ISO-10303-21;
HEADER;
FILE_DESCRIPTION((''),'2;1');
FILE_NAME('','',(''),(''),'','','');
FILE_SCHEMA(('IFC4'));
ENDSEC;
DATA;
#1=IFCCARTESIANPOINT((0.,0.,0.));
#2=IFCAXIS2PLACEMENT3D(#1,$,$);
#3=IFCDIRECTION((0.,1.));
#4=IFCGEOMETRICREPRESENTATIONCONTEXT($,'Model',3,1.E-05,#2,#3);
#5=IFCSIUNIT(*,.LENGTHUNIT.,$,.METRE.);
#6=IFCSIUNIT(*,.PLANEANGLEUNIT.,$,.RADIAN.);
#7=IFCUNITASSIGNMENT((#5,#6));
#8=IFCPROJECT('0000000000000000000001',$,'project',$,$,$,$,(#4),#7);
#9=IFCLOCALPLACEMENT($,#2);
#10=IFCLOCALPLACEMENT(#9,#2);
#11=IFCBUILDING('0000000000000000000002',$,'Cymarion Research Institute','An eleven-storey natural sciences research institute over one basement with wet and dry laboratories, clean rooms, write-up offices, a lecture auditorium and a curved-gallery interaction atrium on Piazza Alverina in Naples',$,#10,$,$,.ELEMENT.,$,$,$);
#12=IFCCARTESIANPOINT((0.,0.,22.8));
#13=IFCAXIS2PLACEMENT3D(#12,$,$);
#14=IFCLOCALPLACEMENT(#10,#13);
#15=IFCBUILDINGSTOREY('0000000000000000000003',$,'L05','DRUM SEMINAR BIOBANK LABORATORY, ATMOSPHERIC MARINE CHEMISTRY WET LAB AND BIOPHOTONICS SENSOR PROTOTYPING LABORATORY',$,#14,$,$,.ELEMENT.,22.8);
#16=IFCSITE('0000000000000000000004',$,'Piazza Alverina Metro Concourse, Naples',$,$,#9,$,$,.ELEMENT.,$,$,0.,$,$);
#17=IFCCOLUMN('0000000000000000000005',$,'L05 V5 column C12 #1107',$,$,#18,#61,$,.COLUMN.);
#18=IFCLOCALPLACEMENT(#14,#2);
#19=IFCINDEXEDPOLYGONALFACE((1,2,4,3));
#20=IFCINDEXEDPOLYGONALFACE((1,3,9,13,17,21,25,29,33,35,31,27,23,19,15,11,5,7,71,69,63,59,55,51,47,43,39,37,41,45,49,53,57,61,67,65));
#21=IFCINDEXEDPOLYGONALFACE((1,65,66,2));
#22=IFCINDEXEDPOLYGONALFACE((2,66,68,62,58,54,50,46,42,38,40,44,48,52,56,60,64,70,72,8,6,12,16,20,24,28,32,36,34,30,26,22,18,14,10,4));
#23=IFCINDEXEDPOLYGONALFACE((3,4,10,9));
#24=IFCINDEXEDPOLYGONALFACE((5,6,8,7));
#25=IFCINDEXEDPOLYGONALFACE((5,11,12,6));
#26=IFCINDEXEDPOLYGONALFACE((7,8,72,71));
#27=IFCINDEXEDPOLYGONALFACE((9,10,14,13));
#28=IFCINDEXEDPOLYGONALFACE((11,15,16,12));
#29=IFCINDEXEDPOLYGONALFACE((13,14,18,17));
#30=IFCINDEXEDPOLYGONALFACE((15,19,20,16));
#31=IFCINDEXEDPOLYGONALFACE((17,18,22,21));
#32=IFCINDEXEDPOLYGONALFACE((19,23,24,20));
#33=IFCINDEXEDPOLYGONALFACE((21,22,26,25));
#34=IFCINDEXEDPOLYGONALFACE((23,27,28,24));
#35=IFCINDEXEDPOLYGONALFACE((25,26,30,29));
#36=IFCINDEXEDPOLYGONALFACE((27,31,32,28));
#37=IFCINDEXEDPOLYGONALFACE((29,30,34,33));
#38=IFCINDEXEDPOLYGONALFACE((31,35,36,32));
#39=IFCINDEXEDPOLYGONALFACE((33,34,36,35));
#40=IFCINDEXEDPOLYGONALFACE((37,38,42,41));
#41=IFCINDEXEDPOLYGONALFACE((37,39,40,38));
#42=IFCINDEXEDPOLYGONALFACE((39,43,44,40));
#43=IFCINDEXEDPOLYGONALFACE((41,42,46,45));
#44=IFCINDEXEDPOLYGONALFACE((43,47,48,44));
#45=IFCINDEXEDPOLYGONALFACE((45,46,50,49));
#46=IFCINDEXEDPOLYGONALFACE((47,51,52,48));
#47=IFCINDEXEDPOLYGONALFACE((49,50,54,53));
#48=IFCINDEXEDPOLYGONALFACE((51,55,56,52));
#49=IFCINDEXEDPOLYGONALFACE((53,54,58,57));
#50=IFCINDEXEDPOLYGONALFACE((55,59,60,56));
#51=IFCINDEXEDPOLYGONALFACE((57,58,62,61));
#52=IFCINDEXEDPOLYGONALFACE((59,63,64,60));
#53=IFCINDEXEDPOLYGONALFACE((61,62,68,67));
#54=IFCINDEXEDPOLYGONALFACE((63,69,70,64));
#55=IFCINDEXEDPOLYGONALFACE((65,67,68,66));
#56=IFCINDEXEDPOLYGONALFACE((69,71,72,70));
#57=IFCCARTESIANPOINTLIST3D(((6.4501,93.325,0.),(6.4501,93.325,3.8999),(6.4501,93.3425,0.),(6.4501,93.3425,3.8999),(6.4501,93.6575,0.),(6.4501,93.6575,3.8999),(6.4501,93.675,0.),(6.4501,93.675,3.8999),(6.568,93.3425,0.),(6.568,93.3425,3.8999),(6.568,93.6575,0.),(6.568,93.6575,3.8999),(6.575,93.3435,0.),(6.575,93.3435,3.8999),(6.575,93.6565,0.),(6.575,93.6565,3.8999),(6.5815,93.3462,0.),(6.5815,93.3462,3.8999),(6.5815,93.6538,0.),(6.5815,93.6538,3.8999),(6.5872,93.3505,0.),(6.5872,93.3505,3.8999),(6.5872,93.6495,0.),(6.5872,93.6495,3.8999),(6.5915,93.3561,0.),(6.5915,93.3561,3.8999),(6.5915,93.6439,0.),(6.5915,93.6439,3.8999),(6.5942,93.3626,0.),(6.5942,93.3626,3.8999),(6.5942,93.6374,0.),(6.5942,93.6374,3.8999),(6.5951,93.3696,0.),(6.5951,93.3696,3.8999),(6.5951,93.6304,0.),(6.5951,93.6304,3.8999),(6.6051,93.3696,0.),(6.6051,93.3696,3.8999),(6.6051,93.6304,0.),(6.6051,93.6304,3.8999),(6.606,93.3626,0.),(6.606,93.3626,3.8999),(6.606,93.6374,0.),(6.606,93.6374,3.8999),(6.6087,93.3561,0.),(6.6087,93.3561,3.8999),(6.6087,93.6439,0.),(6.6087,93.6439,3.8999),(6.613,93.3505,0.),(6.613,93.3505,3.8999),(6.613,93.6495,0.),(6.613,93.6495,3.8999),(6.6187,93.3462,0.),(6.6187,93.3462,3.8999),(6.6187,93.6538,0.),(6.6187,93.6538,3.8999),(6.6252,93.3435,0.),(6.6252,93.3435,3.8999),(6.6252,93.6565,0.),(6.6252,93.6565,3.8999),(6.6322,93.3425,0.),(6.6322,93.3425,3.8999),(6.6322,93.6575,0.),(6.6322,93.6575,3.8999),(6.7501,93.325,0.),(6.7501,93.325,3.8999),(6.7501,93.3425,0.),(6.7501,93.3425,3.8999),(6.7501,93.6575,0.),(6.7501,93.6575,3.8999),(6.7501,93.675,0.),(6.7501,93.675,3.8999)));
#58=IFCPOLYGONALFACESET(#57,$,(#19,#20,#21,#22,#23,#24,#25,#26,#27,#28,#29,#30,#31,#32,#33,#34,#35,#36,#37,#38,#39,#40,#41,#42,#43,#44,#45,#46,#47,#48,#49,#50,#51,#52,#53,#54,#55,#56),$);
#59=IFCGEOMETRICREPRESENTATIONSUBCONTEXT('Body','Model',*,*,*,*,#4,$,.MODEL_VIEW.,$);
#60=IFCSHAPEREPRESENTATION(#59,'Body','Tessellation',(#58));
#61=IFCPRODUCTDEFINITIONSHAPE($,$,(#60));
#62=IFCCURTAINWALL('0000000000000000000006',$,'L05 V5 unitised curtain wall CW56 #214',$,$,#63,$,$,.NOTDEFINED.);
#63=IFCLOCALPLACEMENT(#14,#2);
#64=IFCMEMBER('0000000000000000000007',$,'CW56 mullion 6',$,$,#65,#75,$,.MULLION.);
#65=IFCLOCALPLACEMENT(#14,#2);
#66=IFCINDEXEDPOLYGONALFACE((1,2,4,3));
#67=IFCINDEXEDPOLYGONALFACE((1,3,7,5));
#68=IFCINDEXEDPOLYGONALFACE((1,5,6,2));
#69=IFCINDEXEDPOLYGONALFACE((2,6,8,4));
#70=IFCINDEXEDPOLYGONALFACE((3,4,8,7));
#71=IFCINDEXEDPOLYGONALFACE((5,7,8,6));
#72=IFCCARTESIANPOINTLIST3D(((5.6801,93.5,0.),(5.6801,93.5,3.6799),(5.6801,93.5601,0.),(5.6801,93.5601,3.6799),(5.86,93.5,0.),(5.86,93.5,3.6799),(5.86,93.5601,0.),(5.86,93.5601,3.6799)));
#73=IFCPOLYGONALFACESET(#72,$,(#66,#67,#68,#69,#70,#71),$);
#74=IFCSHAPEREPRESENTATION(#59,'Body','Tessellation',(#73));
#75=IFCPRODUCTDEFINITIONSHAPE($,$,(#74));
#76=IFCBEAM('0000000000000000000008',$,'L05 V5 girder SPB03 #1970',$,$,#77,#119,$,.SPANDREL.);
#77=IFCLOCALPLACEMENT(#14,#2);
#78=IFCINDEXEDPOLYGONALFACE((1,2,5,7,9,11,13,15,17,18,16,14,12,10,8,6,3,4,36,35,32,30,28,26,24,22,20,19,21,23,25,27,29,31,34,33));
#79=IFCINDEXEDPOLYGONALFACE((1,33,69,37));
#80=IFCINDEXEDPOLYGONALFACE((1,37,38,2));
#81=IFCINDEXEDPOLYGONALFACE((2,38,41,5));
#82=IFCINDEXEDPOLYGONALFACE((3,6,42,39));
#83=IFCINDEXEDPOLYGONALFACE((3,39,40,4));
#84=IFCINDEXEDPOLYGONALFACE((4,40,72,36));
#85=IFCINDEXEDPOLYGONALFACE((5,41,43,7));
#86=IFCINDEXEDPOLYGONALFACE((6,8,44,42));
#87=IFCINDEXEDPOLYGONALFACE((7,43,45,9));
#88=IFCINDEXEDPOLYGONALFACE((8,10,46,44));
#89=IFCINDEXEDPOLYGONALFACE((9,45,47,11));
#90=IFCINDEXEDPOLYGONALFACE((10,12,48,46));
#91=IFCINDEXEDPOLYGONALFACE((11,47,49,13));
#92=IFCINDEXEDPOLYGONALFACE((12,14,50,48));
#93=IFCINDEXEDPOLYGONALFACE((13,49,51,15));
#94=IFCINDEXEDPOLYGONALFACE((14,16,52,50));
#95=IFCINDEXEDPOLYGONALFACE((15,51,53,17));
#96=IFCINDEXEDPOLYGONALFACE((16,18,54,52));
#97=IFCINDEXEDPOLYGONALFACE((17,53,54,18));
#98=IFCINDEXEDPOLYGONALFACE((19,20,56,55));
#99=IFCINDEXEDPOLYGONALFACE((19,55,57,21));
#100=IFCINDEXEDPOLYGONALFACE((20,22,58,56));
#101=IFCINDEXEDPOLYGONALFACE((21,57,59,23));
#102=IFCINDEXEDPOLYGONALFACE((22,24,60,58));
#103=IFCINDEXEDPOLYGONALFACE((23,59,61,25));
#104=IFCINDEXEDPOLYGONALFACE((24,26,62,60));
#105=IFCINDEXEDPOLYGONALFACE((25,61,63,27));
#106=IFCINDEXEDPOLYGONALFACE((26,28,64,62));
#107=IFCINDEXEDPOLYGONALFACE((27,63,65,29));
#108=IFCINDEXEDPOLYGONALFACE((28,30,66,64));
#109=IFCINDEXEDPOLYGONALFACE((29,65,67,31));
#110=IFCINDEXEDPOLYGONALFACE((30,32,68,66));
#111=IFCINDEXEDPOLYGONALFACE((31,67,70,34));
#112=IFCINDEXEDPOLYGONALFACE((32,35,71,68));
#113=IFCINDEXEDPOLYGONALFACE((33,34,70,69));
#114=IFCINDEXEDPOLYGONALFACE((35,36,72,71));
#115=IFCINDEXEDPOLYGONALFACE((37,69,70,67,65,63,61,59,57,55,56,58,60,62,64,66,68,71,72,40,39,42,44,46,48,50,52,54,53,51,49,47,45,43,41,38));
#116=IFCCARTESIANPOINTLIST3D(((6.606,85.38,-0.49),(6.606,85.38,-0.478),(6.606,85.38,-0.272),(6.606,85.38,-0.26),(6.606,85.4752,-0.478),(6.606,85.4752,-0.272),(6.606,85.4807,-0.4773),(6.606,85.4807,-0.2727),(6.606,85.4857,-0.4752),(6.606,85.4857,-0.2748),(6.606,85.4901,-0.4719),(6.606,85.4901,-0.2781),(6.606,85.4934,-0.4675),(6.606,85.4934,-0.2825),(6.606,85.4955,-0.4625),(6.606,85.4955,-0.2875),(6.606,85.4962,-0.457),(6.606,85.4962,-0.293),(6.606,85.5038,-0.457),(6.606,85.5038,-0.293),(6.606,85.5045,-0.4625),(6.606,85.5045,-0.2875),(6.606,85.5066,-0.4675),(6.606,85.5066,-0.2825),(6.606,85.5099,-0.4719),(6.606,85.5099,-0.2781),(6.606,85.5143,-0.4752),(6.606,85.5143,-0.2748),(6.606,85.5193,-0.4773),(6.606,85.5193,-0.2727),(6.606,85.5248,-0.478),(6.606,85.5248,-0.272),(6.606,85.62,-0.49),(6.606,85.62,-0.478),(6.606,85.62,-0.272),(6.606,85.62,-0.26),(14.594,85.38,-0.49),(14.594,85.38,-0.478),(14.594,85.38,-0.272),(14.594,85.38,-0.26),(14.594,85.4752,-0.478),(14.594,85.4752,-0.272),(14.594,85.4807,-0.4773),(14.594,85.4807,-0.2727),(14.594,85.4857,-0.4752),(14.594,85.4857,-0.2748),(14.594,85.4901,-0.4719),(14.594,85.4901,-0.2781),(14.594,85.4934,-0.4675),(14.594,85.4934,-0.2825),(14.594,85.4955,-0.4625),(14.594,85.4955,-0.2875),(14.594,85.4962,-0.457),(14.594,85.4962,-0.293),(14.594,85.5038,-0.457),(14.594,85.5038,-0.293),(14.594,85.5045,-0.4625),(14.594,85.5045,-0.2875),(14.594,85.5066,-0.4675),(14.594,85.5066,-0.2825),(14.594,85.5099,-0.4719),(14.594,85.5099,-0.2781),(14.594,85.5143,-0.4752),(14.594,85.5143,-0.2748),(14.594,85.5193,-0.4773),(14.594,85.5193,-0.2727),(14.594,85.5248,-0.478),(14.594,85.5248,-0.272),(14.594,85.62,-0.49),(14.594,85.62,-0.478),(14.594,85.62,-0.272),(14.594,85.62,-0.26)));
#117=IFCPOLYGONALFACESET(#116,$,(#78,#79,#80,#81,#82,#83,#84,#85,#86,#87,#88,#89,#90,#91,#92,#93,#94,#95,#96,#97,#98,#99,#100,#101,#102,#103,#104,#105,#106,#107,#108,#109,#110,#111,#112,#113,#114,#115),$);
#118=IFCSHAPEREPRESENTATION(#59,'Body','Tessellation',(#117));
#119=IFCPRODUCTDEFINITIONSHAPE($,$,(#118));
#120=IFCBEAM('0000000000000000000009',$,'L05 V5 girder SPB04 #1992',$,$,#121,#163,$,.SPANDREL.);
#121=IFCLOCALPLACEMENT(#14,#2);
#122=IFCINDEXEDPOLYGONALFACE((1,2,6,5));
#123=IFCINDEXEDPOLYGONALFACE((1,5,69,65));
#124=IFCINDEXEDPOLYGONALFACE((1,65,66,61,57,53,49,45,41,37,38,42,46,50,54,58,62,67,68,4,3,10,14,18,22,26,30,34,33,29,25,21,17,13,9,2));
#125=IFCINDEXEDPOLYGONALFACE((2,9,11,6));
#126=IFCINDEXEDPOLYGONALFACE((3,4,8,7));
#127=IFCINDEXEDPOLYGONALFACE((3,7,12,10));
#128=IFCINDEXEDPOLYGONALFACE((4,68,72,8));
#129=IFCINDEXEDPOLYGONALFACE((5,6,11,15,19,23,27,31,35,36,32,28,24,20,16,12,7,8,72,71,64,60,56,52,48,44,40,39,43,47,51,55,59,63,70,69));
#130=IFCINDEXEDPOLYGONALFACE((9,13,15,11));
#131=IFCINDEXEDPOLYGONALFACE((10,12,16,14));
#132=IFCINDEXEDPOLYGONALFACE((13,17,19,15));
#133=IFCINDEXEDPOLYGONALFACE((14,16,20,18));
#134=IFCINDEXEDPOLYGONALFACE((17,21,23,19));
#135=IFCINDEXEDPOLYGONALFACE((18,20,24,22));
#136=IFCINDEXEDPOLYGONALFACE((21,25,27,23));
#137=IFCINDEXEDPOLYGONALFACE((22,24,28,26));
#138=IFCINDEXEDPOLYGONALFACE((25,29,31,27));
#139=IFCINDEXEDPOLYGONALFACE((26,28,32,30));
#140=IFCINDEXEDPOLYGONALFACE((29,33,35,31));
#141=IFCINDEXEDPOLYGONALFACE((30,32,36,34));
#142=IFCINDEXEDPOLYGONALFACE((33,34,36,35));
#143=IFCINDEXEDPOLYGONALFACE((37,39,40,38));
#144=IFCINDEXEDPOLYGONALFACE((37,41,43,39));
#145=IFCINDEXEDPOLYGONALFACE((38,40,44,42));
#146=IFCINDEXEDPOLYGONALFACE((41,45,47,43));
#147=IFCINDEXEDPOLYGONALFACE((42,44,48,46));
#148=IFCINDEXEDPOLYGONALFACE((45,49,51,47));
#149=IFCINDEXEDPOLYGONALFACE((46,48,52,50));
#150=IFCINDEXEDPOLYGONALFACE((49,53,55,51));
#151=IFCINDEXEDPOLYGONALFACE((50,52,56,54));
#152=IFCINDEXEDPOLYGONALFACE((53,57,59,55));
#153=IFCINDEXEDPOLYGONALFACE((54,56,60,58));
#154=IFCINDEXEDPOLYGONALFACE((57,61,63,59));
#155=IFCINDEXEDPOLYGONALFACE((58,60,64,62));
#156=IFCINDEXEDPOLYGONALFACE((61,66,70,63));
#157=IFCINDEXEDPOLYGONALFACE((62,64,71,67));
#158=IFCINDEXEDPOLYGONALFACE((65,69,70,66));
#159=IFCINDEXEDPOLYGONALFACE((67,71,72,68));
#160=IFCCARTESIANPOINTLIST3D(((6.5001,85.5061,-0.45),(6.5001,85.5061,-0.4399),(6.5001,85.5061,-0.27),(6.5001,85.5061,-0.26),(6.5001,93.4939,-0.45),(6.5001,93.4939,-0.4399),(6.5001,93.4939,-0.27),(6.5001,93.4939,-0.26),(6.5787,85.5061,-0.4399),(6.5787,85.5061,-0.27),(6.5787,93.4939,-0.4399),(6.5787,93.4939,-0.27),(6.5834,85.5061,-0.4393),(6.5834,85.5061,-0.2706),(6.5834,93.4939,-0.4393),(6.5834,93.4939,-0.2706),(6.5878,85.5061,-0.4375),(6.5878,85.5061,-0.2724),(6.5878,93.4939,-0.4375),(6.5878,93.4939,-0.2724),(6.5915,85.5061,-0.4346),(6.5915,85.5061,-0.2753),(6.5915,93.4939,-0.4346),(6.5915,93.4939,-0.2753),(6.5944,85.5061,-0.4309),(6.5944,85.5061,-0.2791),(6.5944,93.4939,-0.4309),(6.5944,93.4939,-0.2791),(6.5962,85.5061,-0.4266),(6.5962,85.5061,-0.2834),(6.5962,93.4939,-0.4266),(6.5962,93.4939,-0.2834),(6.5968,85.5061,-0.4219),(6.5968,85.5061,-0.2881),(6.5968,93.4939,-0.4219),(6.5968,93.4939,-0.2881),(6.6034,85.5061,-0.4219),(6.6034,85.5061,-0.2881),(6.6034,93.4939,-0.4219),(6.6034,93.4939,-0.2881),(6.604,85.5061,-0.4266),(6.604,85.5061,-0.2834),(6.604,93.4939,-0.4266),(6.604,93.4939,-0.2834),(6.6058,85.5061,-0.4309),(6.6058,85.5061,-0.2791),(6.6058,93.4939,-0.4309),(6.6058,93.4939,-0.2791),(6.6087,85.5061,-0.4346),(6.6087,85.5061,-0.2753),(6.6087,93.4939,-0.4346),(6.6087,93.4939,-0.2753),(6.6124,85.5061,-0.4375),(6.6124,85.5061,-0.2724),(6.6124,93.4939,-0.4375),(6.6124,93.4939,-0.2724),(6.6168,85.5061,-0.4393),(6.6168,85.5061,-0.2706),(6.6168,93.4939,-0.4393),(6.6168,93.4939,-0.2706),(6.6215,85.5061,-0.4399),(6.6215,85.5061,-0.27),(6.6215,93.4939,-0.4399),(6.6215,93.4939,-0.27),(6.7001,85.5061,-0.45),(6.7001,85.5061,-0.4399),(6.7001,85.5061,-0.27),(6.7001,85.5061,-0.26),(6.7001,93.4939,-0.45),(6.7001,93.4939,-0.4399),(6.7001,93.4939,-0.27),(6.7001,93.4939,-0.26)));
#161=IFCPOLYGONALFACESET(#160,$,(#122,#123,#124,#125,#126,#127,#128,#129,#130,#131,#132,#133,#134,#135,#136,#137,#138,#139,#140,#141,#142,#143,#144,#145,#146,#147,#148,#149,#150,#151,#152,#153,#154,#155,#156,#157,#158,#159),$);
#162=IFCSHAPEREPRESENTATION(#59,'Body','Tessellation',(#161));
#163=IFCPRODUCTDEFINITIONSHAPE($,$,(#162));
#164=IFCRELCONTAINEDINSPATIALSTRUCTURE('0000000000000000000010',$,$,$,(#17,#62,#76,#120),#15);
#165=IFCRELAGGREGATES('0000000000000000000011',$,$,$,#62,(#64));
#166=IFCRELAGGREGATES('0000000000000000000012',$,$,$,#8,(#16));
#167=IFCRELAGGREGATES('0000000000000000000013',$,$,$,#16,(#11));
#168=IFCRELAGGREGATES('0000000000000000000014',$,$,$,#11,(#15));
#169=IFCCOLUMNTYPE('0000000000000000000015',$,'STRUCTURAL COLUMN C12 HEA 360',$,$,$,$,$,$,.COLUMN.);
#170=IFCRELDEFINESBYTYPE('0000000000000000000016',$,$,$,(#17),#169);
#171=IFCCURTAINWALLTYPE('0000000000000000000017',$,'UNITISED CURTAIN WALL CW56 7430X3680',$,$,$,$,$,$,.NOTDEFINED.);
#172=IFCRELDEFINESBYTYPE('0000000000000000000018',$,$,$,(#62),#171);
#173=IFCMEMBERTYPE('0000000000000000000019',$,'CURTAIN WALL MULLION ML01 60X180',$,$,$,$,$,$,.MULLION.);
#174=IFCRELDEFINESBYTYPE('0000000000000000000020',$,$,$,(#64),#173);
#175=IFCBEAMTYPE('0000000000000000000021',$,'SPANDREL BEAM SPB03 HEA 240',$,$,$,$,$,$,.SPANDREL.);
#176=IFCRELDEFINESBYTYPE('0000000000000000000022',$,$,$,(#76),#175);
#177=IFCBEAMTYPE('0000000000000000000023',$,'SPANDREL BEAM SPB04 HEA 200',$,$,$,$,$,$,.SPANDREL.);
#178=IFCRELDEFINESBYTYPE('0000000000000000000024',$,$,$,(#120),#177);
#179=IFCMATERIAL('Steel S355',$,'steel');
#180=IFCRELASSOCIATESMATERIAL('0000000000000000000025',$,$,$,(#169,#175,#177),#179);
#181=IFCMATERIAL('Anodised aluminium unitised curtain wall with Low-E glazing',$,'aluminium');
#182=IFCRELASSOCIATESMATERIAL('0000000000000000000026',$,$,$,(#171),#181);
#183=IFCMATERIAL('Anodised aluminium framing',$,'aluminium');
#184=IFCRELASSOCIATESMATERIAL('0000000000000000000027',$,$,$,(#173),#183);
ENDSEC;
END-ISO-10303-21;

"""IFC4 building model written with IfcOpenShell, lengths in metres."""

from ifc_helpers import new_model, si_unit, direction, frame, origin, origin_2d, place, context, subcontext, project, spatial, rectangle, i_section, extrude, material, material_profile, profile_set, type_object, element, aggregate, save


model = new_model("IFC4")

# Units and contexts
model_context = context("Model", 3, precision=1e-05, world=origin(), true_north=direction((0.0, 1.0)))
body_context = subcontext(model_context, "Body", "Model", "MODEL_VIEW")
ifc_project = project(units=[si_unit("LENGTHUNIT", "METRE"), si_unit("PLANEANGLEUNIT", "RADIAN")], contexts=[model_context])

# Site, building, storey
site_placement = place(None, origin())
site = spatial("IfcSite", under=ifc_project, at=site_placement, Name="Piazza Alverina Metro Concourse, Naples", CompositionType="ELEMENT", RefElevation=0.0)
building_placement = place(site_placement, origin())
building = spatial("IfcBuilding", under=site, at=building_placement, Name="Cymarion Research Institute", Description="An eleven-storey natural sciences research institute over one basement with wet and dry laboratories, clean rooms, write-up offices, a lecture auditorium and a curved-gallery interaction atrium on Piazza Alverina in Naples", CompositionType="ELEMENT")
storey_placement = place(building_placement, frame((0.0, 0.0, 22.8)))
storey = spatial("IfcBuildingStorey", under=building, at=storey_placement, Name="L05", Description="DRUM SEMINAR BIOBANK LABORATORY, ATMOSPHERIC MARINE CHEMISTRY WET LAB AND BIOPHOTONICS SENSOR PROTOTYPING LABORATORY", CompositionType="ELEMENT", Elevation=22.8)

# Column
ifc_material_1 = material(Name="Steel S355", Category="steel")
ifc_material_profile_1 = material_profile(ifc_material_1, i_section(OverallWidth=0.3, OverallDepth=0.3501, WebThickness=0.01, FlangeThickness=0.0176, FilletRadius=0.0271, at=origin_2d()), Name="HEA 360")
ifc_profile_set_1 = profile_set([ifc_material_profile_1], Name="Steel S355")
column_type = type_object("IfcColumnType", Name="STRUCTURAL COLUMN C12 HEA 360", PredefinedType="COLUMN", material=ifc_profile_set_1)
column_placement = place(storey_placement, frame((6.6001, 93.5, 0.0), z_axis=(0.0, 0.0, 1.0), x_axis=(1.0, 0.0, 0.0)))
element("IfcColumn", 1, at=column_placement, inside=storey, type_object=column_type, Name="L05 V5 column C12 #1107", PredefinedType="COLUMN", context=body_context, shape_type="SweptSolid", body=[
    extrude(i_section(OverallWidth=0.3, OverallDepth=0.3501, WebThickness=0.01, FlangeThickness=0.0176, FilletRadius=0.0271, at=origin_2d()), origin(), (0.0, 0.0, 1.0), 3.8999),
])

# Curtain wall, member
ifc_material_2 = material(Name="Anodised aluminium unitised curtain wall with Low-E glazing", Category="aluminium")
curtain_wall_type = type_object("IfcCurtainWallType", Name="UNITISED CURTAIN WALL CW56 7430X3680", PredefinedType="NOTDEFINED", material=ifc_material_2)
curtain_wall_placement = place(storey_placement, origin())
curtain_wall = element("IfcCurtainWall", 2, at=curtain_wall_placement, inside=storey, type_object=curtain_wall_type, Name="L05 V5 unitised curtain wall CW56 #214", PredefinedType="NOTDEFINED")
ifc_material_3 = material(Name="Anodised aluminium framing", Category="aluminium")
ifc_material_profile_2 = material_profile(ifc_material_3, rectangle(XDim=0.0601, YDim=0.1799, at=origin_2d()), Name="ALU MULLION 60x180")
ifc_profile_set_2 = profile_set([ifc_material_profile_2], Name="Anodised aluminium framing")
member_type = type_object("IfcMemberType", Name="CURTAIN WALL MULLION ML01 60X180", PredefinedType="MULLION", material=ifc_profile_set_2)
member_placement = place(storey_placement, frame((5.77, 93.53, 0.0), z_axis=(0.0, 0.0, 1.0), x_axis=(0.0, -1.0, 0.0)))
member = element("IfcMember", 3, at=member_placement, type_object=member_type, Name="CW56 mullion 6", PredefinedType="MULLION", context=body_context, shape_type="SweptSolid", body=[
    extrude(rectangle(XDim=0.0601, YDim=0.1799, at=origin_2d()), origin(), (0.0, 0.0, 1.0), 3.6799),
])

# Beams
ifc_material_profile_3 = material_profile(ifc_material_1, i_section(OverallWidth=0.24, OverallDepth=0.23, WebThickness=0.0076, FlangeThickness=0.012, FilletRadius=0.021, at=origin_2d()), Name="HEA 240")
ifc_profile_set_3 = profile_set([ifc_material_profile_3], Name="Steel S355")
beam_type_1 = type_object("IfcBeamType", Name="SPANDREL BEAM SPB03 HEA 240", PredefinedType="SPANDREL", material=ifc_profile_set_3)
beam_placement = place(storey_placement, frame((6.606, 85.5, -0.375), z_axis=(1.0, 0.0, 0.0), x_axis=(0.0, 1.0, 0.0)))
element("IfcBeam", 4, at=beam_placement, inside=storey, type_object=beam_type_1, Name="L05 V5 girder SPB03 #1970", PredefinedType="SPANDREL", context=body_context, shape_type="SweptSolid", body=[
    extrude(i_section(OverallWidth=0.24, OverallDepth=0.23, WebThickness=0.0076, FlangeThickness=0.012, FilletRadius=0.021, at=origin_2d()), origin(), (0.0, 0.0, 1.0), 7.988),
])
ifc_material_profile_4 = material_profile(ifc_material_1, i_section(OverallWidth=0.2, OverallDepth=0.1899, WebThickness=0.0066, FlangeThickness=0.01, FilletRadius=0.0181, at=origin_2d()), Name="HEA 200")
ifc_profile_set_4 = profile_set([ifc_material_profile_4], Name="Steel S355")
beam_type_2 = type_object("IfcBeamType", Name="SPANDREL BEAM SPB04 HEA 200", PredefinedType="SPANDREL", material=ifc_profile_set_4)
for number, where, z_axis, x_axis, name in (
    (5, (6.6001, 85.5061, -0.355), (0.0, 1.0, 0.0), (-1.0, 0.0, 0.0), "L05 V5 girder SPB04 #1992"),
):
    element("IfcBeam", number, at=place(storey_placement, frame(where, z_axis=z_axis, x_axis=x_axis)), inside=storey, type_object=beam_type_2, Name=name, PredefinedType="SPANDREL", context=body_context, shape_type="SweptSolid", body=[
        extrude(i_section(OverallWidth=0.2, OverallDepth=0.1899, WebThickness=0.0066, FlangeThickness=0.01, FilletRadius=0.0181, at=origin_2d()), origin(), (0.0, 0.0, 1.0), 7.9878),
    ])

aggregate(curtain_wall, [member])

save(model, "model.ifc")
